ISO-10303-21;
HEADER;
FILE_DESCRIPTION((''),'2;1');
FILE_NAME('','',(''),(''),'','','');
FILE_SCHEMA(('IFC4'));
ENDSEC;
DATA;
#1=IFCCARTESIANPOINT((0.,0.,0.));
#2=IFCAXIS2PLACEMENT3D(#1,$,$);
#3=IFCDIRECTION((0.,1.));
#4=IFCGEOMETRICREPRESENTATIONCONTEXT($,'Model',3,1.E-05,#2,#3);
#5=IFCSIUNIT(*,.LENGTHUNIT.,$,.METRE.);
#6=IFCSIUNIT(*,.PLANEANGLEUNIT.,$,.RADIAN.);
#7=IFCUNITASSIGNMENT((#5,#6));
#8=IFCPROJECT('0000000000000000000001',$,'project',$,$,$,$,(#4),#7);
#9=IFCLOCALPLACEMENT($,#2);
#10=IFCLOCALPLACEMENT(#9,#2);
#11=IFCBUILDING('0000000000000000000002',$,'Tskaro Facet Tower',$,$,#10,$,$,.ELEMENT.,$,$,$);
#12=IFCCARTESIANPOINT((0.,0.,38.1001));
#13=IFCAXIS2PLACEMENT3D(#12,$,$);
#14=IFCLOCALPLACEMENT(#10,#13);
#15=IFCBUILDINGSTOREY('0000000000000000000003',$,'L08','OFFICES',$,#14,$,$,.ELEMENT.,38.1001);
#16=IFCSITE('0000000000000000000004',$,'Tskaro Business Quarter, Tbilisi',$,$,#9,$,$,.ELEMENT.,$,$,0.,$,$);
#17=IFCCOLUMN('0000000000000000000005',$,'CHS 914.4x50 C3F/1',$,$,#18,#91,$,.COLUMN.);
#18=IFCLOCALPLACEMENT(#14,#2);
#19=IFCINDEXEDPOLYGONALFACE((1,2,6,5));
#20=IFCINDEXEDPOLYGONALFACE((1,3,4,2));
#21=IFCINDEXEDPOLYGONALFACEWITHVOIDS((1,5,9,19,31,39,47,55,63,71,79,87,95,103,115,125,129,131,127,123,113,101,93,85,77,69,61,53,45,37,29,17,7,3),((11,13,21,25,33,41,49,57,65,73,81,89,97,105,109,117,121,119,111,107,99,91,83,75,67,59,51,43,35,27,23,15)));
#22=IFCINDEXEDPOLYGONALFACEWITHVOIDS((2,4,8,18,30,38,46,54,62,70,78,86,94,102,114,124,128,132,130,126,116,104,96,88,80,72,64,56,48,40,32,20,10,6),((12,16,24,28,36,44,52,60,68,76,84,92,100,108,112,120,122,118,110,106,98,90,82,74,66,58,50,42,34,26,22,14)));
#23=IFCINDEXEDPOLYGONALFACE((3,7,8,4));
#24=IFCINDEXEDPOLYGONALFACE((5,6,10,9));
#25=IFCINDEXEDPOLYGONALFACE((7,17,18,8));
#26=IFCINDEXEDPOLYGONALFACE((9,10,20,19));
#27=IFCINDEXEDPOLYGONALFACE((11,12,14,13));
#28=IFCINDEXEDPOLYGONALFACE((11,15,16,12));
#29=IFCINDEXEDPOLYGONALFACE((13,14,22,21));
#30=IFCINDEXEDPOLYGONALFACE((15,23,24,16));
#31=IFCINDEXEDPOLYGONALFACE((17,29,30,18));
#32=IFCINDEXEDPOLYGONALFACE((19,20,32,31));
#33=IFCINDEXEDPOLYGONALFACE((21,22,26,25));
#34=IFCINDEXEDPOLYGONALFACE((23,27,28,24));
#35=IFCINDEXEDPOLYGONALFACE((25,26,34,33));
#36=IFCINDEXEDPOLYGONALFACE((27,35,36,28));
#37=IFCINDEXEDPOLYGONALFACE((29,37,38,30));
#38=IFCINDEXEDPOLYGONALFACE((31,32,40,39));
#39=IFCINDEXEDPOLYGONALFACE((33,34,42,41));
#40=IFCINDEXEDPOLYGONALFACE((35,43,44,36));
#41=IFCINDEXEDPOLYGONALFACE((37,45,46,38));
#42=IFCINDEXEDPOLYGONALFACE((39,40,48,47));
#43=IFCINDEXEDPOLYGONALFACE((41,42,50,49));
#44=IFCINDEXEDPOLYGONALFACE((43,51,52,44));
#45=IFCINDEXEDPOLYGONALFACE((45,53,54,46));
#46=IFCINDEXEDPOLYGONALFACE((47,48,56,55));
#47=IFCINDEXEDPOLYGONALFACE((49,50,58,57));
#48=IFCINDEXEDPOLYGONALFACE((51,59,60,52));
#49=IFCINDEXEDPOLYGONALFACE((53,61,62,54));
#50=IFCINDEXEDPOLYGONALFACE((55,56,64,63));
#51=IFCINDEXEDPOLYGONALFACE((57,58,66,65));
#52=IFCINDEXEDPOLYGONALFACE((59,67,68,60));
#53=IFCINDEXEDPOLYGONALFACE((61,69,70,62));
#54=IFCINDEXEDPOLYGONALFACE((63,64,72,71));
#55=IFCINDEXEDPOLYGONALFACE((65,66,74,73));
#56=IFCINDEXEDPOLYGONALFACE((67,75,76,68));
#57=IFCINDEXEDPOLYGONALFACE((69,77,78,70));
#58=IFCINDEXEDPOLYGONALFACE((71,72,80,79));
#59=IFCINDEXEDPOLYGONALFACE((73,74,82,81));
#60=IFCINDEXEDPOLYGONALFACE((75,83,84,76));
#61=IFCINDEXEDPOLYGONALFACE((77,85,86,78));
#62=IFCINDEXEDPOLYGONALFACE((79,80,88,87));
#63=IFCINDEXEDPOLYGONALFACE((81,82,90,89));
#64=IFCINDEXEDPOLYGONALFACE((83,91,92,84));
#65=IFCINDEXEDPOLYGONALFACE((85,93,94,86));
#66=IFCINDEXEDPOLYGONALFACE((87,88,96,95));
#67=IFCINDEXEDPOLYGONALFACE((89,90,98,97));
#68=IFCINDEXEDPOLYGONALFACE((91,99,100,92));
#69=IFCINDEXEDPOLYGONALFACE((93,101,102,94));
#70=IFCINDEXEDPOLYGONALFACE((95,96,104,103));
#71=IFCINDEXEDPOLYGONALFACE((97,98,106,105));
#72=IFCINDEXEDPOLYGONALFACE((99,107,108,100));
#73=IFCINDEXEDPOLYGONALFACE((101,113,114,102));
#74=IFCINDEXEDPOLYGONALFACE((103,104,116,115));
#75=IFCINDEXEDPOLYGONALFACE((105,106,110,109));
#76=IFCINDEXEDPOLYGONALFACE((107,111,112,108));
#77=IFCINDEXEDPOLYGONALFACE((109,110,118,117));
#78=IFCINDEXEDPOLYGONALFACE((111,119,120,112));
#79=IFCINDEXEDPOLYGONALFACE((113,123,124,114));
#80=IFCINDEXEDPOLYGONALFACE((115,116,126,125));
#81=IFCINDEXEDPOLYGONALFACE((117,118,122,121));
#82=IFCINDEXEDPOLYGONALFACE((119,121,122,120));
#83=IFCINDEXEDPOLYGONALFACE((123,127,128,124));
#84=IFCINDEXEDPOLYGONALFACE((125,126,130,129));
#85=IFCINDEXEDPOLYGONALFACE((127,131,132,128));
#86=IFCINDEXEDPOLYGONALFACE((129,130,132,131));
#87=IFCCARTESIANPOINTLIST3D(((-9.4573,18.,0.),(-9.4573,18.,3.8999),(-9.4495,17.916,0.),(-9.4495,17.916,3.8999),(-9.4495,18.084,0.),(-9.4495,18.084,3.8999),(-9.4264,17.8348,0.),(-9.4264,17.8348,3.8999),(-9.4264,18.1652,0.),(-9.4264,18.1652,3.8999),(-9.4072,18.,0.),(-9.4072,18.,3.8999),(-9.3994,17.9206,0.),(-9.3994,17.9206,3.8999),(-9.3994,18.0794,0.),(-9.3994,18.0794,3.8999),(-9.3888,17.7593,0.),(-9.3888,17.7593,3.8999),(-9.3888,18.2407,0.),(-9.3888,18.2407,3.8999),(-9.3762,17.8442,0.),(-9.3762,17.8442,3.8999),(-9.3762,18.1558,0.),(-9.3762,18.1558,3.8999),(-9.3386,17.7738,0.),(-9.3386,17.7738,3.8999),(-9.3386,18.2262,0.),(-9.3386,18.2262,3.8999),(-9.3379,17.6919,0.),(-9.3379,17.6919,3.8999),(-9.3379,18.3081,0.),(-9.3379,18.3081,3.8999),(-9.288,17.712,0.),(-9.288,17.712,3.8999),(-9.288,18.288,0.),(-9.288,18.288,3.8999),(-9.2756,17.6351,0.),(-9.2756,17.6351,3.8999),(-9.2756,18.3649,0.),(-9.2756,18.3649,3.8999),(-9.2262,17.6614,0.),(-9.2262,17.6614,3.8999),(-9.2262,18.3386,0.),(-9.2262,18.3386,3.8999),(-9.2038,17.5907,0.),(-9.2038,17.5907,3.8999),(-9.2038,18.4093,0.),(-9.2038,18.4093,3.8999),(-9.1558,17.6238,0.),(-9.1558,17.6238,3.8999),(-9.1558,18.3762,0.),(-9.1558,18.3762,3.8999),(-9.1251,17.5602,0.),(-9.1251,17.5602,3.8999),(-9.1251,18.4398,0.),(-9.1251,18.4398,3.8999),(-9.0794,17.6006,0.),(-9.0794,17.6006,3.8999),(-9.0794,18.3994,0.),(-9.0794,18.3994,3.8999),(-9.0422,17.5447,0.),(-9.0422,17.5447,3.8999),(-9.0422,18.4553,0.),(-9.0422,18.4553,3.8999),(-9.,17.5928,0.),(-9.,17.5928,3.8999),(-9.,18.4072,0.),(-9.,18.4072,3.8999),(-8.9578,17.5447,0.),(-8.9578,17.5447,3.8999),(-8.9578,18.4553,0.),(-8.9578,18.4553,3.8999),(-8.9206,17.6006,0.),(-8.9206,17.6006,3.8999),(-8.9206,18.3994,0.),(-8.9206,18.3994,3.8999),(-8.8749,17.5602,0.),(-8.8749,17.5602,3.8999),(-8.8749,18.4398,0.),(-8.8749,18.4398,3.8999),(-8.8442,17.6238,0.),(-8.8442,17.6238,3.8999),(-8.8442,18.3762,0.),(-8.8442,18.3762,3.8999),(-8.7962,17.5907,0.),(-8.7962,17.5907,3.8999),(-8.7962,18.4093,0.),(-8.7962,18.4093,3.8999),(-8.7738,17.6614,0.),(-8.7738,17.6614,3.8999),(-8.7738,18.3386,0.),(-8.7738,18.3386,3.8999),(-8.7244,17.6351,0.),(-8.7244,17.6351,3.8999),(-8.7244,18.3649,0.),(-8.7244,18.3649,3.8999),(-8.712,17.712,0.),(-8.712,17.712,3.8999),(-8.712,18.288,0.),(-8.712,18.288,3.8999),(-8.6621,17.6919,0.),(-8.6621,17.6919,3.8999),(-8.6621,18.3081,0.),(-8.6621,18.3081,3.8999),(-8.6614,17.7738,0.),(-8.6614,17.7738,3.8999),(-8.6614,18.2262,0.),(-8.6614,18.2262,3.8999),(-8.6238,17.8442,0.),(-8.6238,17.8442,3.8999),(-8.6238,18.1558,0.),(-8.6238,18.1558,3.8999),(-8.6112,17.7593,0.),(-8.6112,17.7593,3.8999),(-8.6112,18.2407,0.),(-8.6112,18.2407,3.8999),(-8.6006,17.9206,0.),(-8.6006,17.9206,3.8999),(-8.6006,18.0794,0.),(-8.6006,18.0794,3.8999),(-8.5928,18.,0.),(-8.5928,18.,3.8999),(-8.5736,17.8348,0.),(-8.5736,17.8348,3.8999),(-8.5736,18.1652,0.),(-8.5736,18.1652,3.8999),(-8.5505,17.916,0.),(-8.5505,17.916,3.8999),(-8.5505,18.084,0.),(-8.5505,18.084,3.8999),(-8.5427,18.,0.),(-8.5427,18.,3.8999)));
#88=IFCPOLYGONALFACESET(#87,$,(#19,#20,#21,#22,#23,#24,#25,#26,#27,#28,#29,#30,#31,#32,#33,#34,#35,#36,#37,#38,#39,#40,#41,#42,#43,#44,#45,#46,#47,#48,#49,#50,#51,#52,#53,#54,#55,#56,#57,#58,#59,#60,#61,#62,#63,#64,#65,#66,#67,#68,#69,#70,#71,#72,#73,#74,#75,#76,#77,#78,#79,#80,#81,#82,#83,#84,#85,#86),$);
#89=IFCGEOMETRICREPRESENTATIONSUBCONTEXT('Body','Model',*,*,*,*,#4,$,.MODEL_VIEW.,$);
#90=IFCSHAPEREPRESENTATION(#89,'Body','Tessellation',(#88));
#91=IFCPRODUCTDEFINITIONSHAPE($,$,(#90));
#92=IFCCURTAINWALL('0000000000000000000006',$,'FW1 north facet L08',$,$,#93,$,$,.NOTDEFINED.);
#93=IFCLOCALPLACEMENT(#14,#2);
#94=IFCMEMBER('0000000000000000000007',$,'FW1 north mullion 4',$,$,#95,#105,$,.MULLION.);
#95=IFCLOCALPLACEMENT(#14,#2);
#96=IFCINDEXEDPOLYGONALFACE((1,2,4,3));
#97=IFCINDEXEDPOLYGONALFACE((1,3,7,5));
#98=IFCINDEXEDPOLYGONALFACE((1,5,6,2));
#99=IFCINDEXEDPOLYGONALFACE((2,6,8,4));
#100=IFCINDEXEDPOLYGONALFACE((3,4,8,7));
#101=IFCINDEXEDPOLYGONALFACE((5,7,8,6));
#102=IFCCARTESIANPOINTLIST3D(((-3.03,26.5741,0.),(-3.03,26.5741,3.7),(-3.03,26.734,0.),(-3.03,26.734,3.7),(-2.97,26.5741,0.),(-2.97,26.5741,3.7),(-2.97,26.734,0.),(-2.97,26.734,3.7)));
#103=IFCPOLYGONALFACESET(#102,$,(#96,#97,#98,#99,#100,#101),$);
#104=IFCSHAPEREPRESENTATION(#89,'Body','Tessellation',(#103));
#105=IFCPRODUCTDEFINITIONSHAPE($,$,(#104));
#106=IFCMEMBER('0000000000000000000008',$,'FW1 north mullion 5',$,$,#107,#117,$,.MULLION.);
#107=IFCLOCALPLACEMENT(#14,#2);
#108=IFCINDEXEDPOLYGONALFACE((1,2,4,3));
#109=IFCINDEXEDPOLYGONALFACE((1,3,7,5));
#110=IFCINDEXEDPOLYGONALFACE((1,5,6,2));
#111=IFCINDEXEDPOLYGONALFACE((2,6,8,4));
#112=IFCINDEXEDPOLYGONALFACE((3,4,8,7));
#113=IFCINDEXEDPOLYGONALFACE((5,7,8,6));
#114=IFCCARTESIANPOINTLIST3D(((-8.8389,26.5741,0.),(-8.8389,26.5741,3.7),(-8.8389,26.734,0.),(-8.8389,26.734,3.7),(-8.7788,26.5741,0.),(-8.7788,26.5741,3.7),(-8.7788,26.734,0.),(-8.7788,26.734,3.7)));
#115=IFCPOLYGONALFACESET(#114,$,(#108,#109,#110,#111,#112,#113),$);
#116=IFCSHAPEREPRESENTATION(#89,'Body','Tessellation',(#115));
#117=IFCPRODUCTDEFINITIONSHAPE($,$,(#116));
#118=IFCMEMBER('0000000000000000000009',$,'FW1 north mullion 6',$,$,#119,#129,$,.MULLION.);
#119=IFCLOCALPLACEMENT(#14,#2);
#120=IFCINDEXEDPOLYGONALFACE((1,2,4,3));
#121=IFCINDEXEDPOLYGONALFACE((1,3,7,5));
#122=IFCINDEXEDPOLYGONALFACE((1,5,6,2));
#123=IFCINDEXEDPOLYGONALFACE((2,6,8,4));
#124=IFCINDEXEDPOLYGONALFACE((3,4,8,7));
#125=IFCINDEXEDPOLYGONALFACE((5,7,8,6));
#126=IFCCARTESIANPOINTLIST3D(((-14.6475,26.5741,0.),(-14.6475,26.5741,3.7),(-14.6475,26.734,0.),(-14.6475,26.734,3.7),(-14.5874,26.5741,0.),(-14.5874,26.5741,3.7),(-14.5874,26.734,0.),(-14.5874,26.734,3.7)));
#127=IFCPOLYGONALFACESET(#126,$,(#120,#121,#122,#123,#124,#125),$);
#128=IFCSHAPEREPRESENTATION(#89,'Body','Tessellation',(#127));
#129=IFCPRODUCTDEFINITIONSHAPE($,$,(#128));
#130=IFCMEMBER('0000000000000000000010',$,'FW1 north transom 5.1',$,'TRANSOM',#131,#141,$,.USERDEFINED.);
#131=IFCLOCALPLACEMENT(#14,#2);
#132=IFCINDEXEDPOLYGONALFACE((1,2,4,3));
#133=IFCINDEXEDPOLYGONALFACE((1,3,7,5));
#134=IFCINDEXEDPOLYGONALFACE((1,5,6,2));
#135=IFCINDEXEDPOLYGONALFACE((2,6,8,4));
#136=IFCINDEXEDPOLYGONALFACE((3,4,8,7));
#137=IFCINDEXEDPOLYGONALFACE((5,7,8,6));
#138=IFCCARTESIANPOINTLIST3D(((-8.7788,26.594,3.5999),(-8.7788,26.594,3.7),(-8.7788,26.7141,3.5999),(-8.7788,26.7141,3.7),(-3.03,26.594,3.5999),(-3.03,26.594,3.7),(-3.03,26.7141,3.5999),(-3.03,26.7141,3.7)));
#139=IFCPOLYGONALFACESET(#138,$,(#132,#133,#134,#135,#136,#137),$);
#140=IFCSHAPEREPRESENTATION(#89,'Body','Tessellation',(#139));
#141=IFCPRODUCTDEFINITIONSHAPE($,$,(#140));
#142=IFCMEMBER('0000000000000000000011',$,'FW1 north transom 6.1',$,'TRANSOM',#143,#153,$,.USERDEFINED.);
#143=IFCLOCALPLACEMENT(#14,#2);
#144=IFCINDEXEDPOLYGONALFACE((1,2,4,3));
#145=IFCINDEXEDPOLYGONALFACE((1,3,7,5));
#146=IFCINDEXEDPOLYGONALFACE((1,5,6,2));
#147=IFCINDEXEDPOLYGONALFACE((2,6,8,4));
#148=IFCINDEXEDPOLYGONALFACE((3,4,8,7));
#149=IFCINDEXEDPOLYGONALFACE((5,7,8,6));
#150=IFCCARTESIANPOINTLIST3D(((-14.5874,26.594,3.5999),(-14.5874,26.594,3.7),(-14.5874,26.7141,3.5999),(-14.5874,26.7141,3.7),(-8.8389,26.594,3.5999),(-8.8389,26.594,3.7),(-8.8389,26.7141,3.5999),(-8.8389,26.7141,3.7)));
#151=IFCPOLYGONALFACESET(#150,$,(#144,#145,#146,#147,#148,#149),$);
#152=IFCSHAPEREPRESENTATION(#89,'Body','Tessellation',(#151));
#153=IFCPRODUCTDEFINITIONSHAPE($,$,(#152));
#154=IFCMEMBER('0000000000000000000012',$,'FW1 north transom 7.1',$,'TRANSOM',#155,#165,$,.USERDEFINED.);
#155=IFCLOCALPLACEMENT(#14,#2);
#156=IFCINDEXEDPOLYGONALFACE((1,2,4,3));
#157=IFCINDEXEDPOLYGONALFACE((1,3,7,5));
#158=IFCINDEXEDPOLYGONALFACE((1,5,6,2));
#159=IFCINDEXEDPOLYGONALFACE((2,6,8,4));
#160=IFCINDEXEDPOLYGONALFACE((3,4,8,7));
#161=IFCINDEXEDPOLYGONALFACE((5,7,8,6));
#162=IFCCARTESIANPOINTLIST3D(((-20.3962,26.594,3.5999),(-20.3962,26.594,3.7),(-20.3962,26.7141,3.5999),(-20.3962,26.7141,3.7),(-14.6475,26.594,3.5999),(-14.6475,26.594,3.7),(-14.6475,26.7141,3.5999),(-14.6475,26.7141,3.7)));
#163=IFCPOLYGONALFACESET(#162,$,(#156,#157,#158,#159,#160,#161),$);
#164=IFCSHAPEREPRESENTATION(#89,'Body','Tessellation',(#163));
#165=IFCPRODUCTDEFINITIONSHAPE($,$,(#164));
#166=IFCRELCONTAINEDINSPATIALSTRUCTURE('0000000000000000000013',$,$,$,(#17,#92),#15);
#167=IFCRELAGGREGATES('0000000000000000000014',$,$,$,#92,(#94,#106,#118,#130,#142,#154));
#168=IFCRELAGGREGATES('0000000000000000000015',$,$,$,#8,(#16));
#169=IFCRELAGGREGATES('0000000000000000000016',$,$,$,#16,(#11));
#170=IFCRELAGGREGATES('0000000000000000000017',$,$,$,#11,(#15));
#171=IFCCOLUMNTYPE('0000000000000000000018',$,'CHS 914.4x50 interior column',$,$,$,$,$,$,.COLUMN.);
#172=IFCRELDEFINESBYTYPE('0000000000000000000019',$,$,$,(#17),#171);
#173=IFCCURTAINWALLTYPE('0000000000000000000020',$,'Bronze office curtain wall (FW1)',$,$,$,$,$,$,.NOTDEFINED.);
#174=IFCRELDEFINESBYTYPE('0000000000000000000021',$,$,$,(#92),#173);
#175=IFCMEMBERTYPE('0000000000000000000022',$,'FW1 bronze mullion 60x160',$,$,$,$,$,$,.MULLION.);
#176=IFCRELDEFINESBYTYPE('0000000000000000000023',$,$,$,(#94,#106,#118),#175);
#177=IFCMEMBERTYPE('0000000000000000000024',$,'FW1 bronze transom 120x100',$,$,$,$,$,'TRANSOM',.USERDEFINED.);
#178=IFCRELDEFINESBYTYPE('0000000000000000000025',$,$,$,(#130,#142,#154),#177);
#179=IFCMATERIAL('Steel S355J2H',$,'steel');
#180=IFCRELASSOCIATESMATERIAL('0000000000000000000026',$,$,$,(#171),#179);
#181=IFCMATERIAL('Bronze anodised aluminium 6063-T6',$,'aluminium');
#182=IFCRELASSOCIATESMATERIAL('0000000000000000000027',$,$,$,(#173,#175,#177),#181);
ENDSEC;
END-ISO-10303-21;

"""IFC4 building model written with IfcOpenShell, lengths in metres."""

from ifc_helpers import new_model, si_unit, direction, frame, origin, origin_2d, place, context, subcontext, project, spatial, rectangle, hollow_circle, extrude, material, material_profile, profile_set, type_object, element, aggregate, save


model = new_model("IFC4")

# Units and contexts
model_context = context("Model", 3, precision=1e-05, world=origin(), true_north=direction((0.0, 1.0)))
body_context = subcontext(model_context, "Body", "Model", "MODEL_VIEW")
ifc_project = project(units=[si_unit("LENGTHUNIT", "METRE"), si_unit("PLANEANGLEUNIT", "RADIAN")], contexts=[model_context])

# Site, building, storey
site_placement = place(None, origin())
site = spatial("IfcSite", under=ifc_project, at=site_placement, Name="Tskaro Business Quarter, Tbilisi", CompositionType="ELEMENT", RefElevation=0.0)
building_placement = place(site_placement, origin())
building = spatial("IfcBuilding", under=site, at=building_placement, Name="Tskaro Facet Tower", CompositionType="ELEMENT")
storey_placement = place(building_placement, frame((0.0, 0.0, 38.1001)))
storey = spatial("IfcBuildingStorey", under=building, at=storey_placement, Name="L08", Description="OFFICES", CompositionType="ELEMENT", Elevation=38.1001)

# Column
ifc_material_1 = material(Name="Steel S355J2H", Category="steel")
ifc_material_profile_1 = material_profile(ifc_material_1, hollow_circle(Radius=0.4573, WallThickness=0.05, at=origin_2d()), Name="CHS 914.4x50")
ifc_profile_set_1 = profile_set([ifc_material_profile_1], Name="Steel S355J2H")
column_type_1 = type_object("IfcColumnType", Name="CHS 914.4x50 interior column", PredefinedType="COLUMN", material=ifc_profile_set_1)
column_1_placement = place(storey_placement, frame((-9.0, 18.0, 0.0), z_axis=(0.0, 0.0, 1.0), x_axis=(1.0, 0.0, 0.0)))
element("IfcColumn", 1, at=column_1_placement, inside=storey, type_object=column_type_1, Name="CHS 914.4x50 C3F/1", PredefinedType="COLUMN", context=body_context, shape_type="SweptSolid", body=[
    extrude(hollow_circle(Radius=0.4573, WallThickness=0.05, at=origin_2d()), origin(), (0.0, 0.0, 1.0), 3.8999),
])

# Curtain wall, members
ifc_material_2 = material(Name="Bronze anodised aluminium 6063-T6", Category="aluminium")
curtain_wall_type = type_object("IfcCurtainWallType", Name="Bronze office curtain wall (FW1)", PredefinedType="NOTDEFINED", material=ifc_material_2)
curtain_wall_placement = place(storey_placement, origin())
curtain_wall = element("IfcCurtainWall", 2, at=curtain_wall_placement, inside=storey, type_object=curtain_wall_type, Name="FW1 north facet L08", PredefinedType="NOTDEFINED")
ifc_material_profile_2 = material_profile(ifc_material_2, rectangle(XDim=0.0601, YDim=0.1599, at=origin_2d()), Name="Mullion 60x160")
ifc_profile_set_2 = profile_set([ifc_material_profile_2], Name="Bronze anodised aluminium 6063-T6")
member_type_1 = type_object("IfcMemberType", Name="FW1 bronze mullion 60x160", PredefinedType="MULLION", material=ifc_profile_set_2)
member_1_placement = place(storey_placement, frame((-3.0, 26.6541, 0.0), z_axis=(0.0, 0.0, 1.0), x_axis=(-1.0, 0.0, 0.0)))
member_1 = element("IfcMember", 3, at=member_1_placement, type_object=member_type_1, Name="FW1 north mullion 4", PredefinedType="MULLION", context=body_context, shape_type="SweptSolid", body=[
    extrude(rectangle(XDim=0.0601, YDim=0.1599, at=origin_2d()), origin(), (0.0, 0.0, 1.0), 3.7),
])
member_2_placement = place(storey_placement, frame((-8.8088, 26.6541, 0.0), z_axis=(0.0, 0.0, 1.0), x_axis=(-1.0, 0.0, 0.0)))
member_2 = element("IfcMember", 4, at=member_2_placement, type_object=member_type_1, Name="FW1 north mullion 5", PredefinedType="MULLION", context=body_context, shape_type="SweptSolid", body=[
    extrude(rectangle(XDim=0.0601, YDim=0.1599, at=origin_2d()), origin(), (0.0, 0.0, 1.0), 3.7),
])
member_3_placement = place(storey_placement, frame((-14.6174, 26.6541, 0.0), z_axis=(0.0, 0.0, 1.0), x_axis=(-1.0, 0.0, 0.0)))
member_3 = element("IfcMember", 5, at=member_3_placement, type_object=member_type_1, Name="FW1 north mullion 6", PredefinedType="MULLION", context=body_context, shape_type="SweptSolid", body=[
    extrude(rectangle(XDim=0.0601, YDim=0.1599, at=origin_2d()), origin(), (0.0, 0.0, 1.0), 3.7),
])
ifc_material_profile_3 = material_profile(ifc_material_2, rectangle(XDim=0.1201, YDim=0.1001, at=origin_2d()), Name="Transom 120x100")
ifc_profile_set_3 = profile_set([ifc_material_profile_3], Name="Bronze anodised aluminium 6063-T6")
member_type_2 = type_object("IfcMemberType", Name="FW1 bronze transom 120x100", ElementType="TRANSOM", PredefinedType="USERDEFINED", material=ifc_profile_set_3)
member_4_placement = place(storey_placement, frame((-3.03, 26.6541, 3.6499), z_axis=(-1.0, 0.0, 0.0), x_axis=(0.0, -1.0, 0.0)))
member_4 = element("IfcMember", 6, at=member_4_placement, type_object=member_type_2, Name="FW1 north transom 5.1", ObjectType="TRANSOM", PredefinedType="USERDEFINED", context=body_context, shape_type="SweptSolid", body=[
    extrude(rectangle(XDim=0.1201, YDim=0.1001, at=origin_2d()), origin(), (0.0, 0.0, 1.0), 5.7488),
])
member_5_placement = place(storey_placement, frame((-8.8389, 26.6541, 3.6499), z_axis=(-1.0, 0.0, 0.0), x_axis=(0.0, -1.0, 0.0)))
member_5 = element("IfcMember", 7, at=member_5_placement, type_object=member_type_2, Name="FW1 north transom 6.1", ObjectType="TRANSOM", PredefinedType="USERDEFINED", context=body_context, shape_type="SweptSolid", body=[
    extrude(rectangle(XDim=0.1201, YDim=0.1001, at=origin_2d()), origin(), (0.0, 0.0, 1.0), 5.7485),
])
member_6_placement = place(storey_placement, frame((-14.6475, 26.6541, 3.6499), z_axis=(-1.0, 0.0, 0.0), x_axis=(0.0, -1.0, 0.0)))
member_6 = element("IfcMember", 8, at=member_6_placement, type_object=member_type_2, Name="FW1 north transom 7.1", ObjectType="TRANSOM", PredefinedType="USERDEFINED", context=body_context, shape_type="SweptSolid", body=[
    extrude(rectangle(XDim=0.1201, YDim=0.1001, at=origin_2d()), origin(), (0.0, 0.0, 1.0), 5.7488),
])

aggregate(curtain_wall, [member_1, member_2, member_3, member_4, member_5, member_6])

save(model, "model.ifc")
